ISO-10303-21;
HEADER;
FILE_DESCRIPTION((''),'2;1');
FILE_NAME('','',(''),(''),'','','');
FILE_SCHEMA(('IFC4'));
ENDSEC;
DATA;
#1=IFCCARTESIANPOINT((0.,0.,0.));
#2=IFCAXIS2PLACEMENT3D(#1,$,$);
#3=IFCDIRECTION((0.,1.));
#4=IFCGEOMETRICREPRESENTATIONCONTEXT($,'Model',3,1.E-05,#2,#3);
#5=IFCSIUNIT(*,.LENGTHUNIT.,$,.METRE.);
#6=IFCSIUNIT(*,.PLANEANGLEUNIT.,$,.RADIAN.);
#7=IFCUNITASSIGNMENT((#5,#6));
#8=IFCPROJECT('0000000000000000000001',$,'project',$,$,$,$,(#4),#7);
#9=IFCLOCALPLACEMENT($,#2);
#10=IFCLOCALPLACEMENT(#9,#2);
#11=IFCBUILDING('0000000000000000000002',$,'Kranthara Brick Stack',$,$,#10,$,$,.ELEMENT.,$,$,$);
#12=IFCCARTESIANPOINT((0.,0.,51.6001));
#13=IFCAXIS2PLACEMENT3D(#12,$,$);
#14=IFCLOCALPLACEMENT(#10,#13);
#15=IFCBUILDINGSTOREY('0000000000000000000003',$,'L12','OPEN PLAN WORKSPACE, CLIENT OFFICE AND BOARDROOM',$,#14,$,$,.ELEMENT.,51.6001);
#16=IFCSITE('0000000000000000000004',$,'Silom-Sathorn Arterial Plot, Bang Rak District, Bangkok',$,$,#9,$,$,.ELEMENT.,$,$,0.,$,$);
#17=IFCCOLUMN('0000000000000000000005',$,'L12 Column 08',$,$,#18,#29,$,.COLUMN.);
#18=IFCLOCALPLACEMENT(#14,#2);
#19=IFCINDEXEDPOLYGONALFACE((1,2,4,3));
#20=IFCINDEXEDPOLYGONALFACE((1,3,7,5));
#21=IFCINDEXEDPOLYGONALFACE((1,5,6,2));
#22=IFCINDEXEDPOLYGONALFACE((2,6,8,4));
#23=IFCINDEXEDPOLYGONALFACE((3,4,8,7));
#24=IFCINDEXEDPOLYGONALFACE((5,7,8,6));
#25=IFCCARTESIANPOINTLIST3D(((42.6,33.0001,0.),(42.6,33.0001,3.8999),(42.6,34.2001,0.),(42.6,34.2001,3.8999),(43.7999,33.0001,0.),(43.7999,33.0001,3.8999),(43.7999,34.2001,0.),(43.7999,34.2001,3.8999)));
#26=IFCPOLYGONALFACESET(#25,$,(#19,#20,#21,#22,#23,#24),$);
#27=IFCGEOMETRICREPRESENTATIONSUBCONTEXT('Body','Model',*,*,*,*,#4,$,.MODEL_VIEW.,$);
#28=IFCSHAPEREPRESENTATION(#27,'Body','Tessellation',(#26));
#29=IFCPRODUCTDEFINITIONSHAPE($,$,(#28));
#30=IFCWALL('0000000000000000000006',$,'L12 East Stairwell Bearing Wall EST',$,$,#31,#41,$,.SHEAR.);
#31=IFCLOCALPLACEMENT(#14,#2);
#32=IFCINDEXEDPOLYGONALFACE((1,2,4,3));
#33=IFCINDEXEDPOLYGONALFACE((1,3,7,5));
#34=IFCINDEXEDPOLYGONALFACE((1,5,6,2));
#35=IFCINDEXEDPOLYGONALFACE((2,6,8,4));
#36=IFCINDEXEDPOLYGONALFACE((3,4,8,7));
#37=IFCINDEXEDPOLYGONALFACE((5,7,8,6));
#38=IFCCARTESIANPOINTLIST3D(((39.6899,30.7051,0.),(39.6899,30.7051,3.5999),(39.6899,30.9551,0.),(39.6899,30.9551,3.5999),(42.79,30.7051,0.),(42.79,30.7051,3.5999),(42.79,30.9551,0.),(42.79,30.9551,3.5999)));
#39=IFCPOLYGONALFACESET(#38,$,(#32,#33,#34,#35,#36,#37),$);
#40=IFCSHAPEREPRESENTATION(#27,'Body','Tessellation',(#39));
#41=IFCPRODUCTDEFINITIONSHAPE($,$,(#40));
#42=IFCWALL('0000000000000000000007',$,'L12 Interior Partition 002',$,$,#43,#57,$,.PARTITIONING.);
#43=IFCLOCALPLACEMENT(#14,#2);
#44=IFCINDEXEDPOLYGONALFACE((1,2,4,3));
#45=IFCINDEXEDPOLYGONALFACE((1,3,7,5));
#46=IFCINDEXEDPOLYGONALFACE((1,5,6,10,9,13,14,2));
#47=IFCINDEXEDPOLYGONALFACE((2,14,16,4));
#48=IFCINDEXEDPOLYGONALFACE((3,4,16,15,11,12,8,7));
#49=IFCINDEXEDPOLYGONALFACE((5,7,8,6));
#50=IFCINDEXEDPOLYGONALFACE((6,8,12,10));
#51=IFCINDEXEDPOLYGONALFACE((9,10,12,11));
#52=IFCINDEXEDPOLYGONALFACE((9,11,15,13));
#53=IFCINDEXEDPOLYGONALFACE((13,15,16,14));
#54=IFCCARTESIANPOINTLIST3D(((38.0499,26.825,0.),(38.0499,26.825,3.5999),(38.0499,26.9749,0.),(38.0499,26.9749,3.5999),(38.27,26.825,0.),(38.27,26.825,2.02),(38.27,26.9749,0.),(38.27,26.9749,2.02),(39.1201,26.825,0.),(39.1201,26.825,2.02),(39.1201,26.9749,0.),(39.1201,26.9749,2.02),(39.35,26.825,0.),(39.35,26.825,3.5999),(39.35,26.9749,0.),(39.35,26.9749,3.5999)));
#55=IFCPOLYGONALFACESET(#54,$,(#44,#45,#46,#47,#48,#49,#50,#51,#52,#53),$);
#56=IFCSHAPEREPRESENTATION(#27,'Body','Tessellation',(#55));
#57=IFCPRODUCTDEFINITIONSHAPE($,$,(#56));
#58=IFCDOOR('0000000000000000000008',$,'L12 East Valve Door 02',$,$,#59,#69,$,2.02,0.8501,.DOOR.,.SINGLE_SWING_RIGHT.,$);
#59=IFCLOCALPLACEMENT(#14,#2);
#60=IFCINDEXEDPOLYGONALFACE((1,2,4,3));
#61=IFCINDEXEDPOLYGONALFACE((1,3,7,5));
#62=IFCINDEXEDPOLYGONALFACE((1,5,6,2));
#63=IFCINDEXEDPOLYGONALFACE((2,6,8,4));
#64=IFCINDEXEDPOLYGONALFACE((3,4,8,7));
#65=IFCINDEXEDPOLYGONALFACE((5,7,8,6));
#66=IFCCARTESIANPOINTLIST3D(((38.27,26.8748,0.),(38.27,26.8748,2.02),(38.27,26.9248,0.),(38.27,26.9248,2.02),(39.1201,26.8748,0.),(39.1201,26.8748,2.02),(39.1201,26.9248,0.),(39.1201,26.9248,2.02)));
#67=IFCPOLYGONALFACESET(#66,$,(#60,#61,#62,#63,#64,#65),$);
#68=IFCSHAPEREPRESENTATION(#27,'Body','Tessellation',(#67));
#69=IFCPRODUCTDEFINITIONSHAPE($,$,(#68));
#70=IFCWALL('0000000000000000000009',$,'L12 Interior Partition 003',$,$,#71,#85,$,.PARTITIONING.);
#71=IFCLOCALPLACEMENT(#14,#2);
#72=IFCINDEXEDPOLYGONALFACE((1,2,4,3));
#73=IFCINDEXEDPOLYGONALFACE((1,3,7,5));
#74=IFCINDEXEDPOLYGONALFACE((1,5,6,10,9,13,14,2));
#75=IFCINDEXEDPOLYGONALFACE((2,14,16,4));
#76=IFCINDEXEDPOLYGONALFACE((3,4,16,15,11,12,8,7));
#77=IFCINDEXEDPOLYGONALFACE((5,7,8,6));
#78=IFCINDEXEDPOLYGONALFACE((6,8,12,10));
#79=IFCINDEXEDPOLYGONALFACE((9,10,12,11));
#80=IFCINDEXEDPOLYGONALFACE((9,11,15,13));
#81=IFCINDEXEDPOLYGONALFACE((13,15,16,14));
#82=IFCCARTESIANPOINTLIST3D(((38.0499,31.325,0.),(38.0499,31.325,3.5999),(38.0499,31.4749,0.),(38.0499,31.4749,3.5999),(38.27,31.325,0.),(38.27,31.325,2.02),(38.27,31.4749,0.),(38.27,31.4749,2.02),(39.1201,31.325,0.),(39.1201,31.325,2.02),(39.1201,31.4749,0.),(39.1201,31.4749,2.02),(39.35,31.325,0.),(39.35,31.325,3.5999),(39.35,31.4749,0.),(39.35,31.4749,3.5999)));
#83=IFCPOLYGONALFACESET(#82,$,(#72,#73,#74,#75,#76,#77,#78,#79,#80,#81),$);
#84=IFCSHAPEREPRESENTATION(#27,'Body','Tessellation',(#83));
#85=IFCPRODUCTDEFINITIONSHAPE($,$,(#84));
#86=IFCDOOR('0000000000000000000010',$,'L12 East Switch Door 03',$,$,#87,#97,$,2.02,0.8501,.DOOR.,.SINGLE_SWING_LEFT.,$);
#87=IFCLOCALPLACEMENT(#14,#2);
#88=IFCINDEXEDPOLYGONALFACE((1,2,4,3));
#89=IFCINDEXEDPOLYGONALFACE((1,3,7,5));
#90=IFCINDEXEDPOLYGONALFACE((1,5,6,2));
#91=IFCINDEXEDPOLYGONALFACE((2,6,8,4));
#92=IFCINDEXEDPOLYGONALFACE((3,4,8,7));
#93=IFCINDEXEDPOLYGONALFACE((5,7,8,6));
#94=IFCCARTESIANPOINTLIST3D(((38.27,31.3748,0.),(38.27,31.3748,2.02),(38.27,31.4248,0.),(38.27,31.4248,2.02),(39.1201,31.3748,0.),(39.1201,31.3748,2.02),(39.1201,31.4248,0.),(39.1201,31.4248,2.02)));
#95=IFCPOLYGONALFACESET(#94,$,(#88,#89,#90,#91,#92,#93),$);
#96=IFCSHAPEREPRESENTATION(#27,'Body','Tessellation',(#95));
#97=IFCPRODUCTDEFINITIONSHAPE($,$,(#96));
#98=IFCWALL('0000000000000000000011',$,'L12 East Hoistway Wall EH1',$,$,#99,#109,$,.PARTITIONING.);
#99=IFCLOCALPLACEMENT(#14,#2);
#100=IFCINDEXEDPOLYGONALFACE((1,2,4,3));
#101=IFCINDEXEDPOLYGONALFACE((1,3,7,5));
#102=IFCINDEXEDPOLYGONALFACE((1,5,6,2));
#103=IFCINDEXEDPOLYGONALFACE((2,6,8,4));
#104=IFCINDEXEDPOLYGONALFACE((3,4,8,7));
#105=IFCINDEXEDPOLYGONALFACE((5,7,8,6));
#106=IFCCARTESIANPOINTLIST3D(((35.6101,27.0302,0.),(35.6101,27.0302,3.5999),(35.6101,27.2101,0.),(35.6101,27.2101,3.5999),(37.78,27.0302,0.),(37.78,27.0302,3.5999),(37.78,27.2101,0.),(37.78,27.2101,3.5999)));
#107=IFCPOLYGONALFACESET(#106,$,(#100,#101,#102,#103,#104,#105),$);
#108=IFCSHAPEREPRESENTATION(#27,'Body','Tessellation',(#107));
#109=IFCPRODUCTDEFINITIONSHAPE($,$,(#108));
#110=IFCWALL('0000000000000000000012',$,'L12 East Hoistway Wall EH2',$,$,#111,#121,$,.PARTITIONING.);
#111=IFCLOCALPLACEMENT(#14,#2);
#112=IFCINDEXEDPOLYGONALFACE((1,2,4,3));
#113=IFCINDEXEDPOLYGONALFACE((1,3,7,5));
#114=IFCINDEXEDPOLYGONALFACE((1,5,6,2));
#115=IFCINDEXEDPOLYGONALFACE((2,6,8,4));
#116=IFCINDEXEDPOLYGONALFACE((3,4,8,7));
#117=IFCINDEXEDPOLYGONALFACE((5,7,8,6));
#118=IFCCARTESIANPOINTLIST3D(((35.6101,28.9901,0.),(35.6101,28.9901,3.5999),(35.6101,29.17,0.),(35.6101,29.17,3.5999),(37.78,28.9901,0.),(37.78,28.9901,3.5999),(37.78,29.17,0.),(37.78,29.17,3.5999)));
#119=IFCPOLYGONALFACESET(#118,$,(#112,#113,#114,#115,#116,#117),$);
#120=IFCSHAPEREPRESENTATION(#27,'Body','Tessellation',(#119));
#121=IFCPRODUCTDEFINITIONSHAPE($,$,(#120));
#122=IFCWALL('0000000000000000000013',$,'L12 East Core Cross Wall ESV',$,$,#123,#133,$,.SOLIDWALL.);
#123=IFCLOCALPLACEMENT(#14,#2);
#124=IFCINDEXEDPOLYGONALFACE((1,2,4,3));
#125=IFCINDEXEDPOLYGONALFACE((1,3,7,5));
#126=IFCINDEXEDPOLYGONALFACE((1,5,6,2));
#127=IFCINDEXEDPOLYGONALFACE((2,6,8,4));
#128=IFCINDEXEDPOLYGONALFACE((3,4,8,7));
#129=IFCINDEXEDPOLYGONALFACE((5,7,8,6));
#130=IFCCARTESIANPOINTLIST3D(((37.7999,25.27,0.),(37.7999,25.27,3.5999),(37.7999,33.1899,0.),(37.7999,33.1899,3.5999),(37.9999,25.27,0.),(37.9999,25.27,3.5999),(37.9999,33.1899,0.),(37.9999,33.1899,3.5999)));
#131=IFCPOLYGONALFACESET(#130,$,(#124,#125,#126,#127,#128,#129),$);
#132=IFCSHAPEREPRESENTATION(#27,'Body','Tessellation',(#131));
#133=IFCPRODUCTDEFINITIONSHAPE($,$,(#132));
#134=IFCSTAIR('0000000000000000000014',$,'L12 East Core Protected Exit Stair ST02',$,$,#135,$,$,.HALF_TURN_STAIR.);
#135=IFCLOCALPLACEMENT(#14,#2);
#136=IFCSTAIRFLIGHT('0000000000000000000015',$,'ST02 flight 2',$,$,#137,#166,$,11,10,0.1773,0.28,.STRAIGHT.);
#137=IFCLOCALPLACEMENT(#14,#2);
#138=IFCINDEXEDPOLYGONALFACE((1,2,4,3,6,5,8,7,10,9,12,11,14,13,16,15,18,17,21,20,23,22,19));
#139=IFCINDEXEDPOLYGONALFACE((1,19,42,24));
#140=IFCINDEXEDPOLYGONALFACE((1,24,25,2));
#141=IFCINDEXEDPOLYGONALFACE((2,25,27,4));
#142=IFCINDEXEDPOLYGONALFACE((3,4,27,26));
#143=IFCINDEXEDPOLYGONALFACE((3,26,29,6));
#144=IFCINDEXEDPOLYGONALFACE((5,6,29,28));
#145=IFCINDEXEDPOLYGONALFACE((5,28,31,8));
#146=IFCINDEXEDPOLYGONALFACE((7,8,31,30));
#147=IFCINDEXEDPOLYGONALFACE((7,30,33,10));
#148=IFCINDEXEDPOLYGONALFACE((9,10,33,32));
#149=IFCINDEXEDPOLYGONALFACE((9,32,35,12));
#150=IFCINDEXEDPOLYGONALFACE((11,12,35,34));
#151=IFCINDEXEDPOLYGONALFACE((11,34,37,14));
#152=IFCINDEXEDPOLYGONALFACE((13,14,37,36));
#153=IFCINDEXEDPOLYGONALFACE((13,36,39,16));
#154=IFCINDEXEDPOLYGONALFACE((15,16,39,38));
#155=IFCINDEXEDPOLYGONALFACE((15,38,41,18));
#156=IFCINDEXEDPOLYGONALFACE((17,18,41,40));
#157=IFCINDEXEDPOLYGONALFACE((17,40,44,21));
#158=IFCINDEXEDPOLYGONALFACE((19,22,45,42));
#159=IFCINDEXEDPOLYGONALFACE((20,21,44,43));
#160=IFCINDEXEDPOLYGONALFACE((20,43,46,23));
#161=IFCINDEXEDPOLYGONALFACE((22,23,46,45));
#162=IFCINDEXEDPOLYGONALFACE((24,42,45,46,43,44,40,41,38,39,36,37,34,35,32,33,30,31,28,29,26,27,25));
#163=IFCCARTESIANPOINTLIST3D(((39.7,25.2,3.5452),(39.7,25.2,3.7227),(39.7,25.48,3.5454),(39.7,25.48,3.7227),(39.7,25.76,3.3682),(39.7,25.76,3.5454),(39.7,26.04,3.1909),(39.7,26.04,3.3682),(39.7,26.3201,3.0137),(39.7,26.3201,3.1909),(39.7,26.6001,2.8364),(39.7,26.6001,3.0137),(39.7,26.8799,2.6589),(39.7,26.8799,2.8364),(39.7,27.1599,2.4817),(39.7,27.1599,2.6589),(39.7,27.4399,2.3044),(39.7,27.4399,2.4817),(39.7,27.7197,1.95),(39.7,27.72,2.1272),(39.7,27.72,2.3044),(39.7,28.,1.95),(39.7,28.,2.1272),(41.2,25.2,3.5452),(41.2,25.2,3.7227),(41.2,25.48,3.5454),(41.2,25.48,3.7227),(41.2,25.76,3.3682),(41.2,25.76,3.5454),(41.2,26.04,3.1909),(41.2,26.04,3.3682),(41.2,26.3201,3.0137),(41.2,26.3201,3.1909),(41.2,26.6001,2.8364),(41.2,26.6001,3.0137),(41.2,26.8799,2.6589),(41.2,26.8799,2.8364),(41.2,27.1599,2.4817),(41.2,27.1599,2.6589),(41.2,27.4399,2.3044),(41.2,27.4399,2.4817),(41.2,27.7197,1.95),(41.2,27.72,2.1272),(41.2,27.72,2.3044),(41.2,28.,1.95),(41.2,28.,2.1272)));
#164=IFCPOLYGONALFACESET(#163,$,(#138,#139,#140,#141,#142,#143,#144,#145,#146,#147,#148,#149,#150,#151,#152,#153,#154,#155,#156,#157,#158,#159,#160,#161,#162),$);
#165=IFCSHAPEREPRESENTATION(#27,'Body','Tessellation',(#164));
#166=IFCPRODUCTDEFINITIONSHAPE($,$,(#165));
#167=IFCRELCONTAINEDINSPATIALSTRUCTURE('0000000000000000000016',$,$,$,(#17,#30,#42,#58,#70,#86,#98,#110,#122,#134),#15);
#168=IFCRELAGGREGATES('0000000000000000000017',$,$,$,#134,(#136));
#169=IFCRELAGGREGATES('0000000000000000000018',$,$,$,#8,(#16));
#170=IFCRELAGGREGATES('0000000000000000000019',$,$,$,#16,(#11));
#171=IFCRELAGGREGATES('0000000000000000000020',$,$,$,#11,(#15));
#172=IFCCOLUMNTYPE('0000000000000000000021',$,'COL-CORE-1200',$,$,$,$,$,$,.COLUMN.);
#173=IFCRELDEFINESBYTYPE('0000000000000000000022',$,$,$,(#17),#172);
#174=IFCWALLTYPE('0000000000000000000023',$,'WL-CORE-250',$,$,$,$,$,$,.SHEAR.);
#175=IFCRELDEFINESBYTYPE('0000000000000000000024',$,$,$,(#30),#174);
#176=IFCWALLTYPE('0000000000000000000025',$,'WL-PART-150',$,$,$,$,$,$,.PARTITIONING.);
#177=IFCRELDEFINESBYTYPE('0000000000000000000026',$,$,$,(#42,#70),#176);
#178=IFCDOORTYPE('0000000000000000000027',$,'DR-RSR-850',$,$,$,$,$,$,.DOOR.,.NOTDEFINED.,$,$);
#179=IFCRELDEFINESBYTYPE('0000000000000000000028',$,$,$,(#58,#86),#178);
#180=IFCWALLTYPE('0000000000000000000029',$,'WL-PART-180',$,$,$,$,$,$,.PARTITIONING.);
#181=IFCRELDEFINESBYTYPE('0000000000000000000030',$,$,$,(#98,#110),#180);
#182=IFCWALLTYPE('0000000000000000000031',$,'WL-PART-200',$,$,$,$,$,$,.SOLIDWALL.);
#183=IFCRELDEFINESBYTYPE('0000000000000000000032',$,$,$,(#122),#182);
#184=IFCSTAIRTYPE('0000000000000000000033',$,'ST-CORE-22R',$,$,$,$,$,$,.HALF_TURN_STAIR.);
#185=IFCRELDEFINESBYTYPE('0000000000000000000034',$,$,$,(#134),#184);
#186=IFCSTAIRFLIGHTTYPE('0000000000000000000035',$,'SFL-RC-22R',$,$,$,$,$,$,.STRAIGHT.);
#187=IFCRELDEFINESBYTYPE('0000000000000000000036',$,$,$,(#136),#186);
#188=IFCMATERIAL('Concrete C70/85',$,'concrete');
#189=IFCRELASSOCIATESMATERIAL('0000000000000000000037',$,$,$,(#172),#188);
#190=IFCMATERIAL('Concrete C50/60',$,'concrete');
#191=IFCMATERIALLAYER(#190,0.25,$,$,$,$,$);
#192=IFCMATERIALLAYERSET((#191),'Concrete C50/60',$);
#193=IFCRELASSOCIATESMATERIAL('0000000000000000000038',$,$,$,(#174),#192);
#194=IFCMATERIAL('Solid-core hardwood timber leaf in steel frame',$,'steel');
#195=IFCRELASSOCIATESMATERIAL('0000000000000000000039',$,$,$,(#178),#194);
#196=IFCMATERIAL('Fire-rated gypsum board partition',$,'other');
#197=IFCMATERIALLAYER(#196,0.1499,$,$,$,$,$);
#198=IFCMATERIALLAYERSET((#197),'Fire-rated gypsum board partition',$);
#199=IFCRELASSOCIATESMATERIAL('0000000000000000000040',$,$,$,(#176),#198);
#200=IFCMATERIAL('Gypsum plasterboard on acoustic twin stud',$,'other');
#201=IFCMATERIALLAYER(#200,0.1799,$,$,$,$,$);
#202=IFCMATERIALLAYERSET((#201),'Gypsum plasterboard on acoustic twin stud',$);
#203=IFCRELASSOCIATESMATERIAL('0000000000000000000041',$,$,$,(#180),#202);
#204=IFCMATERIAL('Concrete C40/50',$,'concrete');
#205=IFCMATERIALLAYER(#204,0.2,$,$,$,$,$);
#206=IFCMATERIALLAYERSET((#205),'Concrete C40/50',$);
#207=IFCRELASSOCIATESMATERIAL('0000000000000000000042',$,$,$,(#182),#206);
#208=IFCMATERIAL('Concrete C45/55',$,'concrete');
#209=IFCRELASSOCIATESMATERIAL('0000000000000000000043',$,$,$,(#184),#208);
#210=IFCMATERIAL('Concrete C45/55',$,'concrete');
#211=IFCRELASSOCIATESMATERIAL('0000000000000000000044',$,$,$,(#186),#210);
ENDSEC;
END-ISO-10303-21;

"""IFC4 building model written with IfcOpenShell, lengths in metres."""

from ifc_helpers import new_model, si_unit, direction, frame, frame_2d, origin, origin_2d, place, context, subcontext, project, spatial, polyline, rectangle, outline, extrude, material, layer, layer_set, material_profile, profile_set, type_object, element, fill, aggregate, save


model = new_model("IFC4")

# Units and contexts
model_context = context("Model", 3, precision=1e-05, world=origin(), true_north=direction((0.0, 1.0)))
body_context = subcontext(model_context, "Body", "Model", "MODEL_VIEW")
ifc_project = project(units=[si_unit("LENGTHUNIT", "METRE"), si_unit("PLANEANGLEUNIT", "RADIAN")], contexts=[model_context])

# Site, building, storey
site_placement = place(None, origin())
site = spatial("IfcSite", under=ifc_project, at=site_placement, Name="Silom-Sathorn Arterial Plot, Bang Rak District, Bangkok", CompositionType="ELEMENT", RefElevation=0.0)
building_placement = place(site_placement, origin())
building = spatial("IfcBuilding", under=site, at=building_placement, Name="Kranthara Brick Stack", CompositionType="ELEMENT")
storey_placement = place(building_placement, frame((0.0, 0.0, 51.6001)))
storey = spatial("IfcBuildingStorey", under=building, at=storey_placement, Name="L12", Description="OPEN PLAN WORKSPACE, CLIENT OFFICE AND BOARDROOM", CompositionType="ELEMENT", Elevation=51.6001)

# Column
ifc_material_1 = material(Name="Concrete C70/85", Category="concrete")
ifc_material_profile = material_profile(ifc_material_1, rectangle(XDim=1.2, YDim=1.2, at=origin_2d()), Name="RC 1200x1200")
ifc_profile_set = profile_set([ifc_material_profile], Name="Concrete C70/85")
column_type = type_object("IfcColumnType", Name="COL-CORE-1200", PredefinedType="COLUMN", material=ifc_profile_set)
column_placement = place(storey_placement, frame((43.2, 33.6001, 0.0), z_axis=(0.0, 0.0, 1.0), x_axis=(1.0, 0.0, 0.0)))
element("IfcColumn", 1, at=column_placement, inside=storey, type_object=column_type, Name="L12 Column 08", PredefinedType="COLUMN", context=body_context, shape_type="SweptSolid", body=[
    extrude(rectangle(XDim=1.2, YDim=1.2, at=origin_2d()), origin(), (0.0, 0.0, 1.0), 3.8999),
])

# Wall
ifc_material_2 = material(Name="Concrete C50/60", Category="concrete")
ifc_layer_1 = layer(ifc_material_2, 0.25)
ifc_layer_set_1 = layer_set([ifc_layer_1], Name="Concrete C50/60")
wall_type_1 = type_object("IfcWallType", Name="WL-CORE-250", PredefinedType="SHEAR", material=ifc_layer_set_1)
wall_1_placement = place(storey_placement, frame((39.6899, 30.8301, 0.0), z_axis=(0.0, 0.0, 1.0), x_axis=(1.0, 0.0, 0.0)))
element("IfcWall", 2, at=wall_1_placement, inside=storey, type_object=wall_type_1, Name="L12 East Stairwell Bearing Wall EST", PredefinedType="SHEAR", context=body_context, shape_type="SweptSolid", body=[
    extrude(rectangle(XDim=3.1001, YDim=0.25, at=frame_2d((1.55, 0.0))), origin(), (0.0, 0.0, 1.0), 3.5999),
])

# Shared definitions
ifc_material_3 = material(Name="Solid-core hardwood timber leaf in steel frame", Category="steel")
door_type_1 = type_object("IfcDoorType", Name="DR-RSR-850", OperationType="NOTDEFINED", PredefinedType="DOOR", material=ifc_material_3)

# Walls, openings, doors
ifc_material_4 = material(Name="Fire-rated gypsum board partition", Category="other")
ifc_layer_2 = layer(ifc_material_4, 0.1499)
ifc_layer_set_2 = layer_set([ifc_layer_2], Name="Fire-rated gypsum board partition")
wall_type_2 = type_object("IfcWallType", Name="WL-PART-150", PredefinedType="PARTITIONING", material=ifc_layer_set_2)
wall_2_placement = place(storey_placement, frame((38.05, 26.8999, 0.0), z_axis=(0.0, 0.0, 1.0), x_axis=(1.0, 0.0, 0.0)))
wall_2 = element("IfcWall", 3, at=wall_2_placement, inside=storey, type_object=wall_type_2, Name="L12 Interior Partition 002", PredefinedType="PARTITIONING", context=body_context, shape_type="SweptSolid", body=[
    extrude(rectangle(XDim=1.3, YDim=0.1499, at=frame_2d((0.6499, 0.0))), origin(), (0.0, 0.0, 1.0), 3.5999),
])
opening_1_placement = place(wall_2_placement, frame((0.22, 0.0, 0.0)))
opening_1 = element("IfcOpeningElement", 4, at=opening_1_placement, cuts=wall_2, PredefinedType="OPENING", context=body_context, shape_type="SweptSolid", body=[
    extrude(rectangle(XDim=0.8501, YDim=2.02, at=frame_2d((0.425, 1.01))), frame((0.0, 0.085, 0.0), z_axis=(0.0, -1.0, 0.0), x_axis=(1.0, 0.0, 0.0)), (0.0, 0.0, 1.0), 0.1699),
])
door_1_placement = place(opening_1_placement, origin())
door_1 = element("IfcDoor", 5, at=door_1_placement, inside=storey, type_object=door_type_1, Name="L12 East Valve Door 02", OperationType="SINGLE_SWING_RIGHT", OverallHeight=2.02, OverallWidth=0.8501, PredefinedType="DOOR", context=body_context, shape_type="SweptSolid", body=[
    extrude(rectangle(XDim=0.8501, YDim=2.02, at=frame_2d((0.425, 1.01))), frame((0.0, 0.0249, 0.0), z_axis=(0.0, -1.0, 0.0), x_axis=(1.0, 0.0, 0.0)), (0.0, 0.0, 1.0), 0.05),
])
fill(opening_1, door_1)
wall_3_placement = place(storey_placement, frame((38.05, 31.3999, 0.0), z_axis=(0.0, 0.0, 1.0), x_axis=(1.0, 0.0, 0.0)))
wall_3 = element("IfcWall", 6, at=wall_3_placement, inside=storey, type_object=wall_type_2, Name="L12 Interior Partition 003", PredefinedType="PARTITIONING", context=body_context, shape_type="SweptSolid", body=[
    extrude(rectangle(XDim=1.3, YDim=0.1499, at=frame_2d((0.6499, 0.0))), origin(), (0.0, 0.0, 1.0), 3.5999),
])
opening_2_placement = place(wall_3_placement, frame((0.22, 0.0, 0.0)))
opening_2 = element("IfcOpeningElement", 7, at=opening_2_placement, cuts=wall_3, PredefinedType="OPENING", context=body_context, shape_type="SweptSolid", body=[
    extrude(rectangle(XDim=0.8501, YDim=2.02, at=frame_2d((0.425, 1.01))), frame((0.0, 0.085, 0.0), z_axis=(0.0, -1.0, 0.0), x_axis=(1.0, 0.0, 0.0)), (0.0, 0.0, 1.0), 0.1699),
])
door_2_placement = place(opening_2_placement, origin())
door_2 = element("IfcDoor", 8, at=door_2_placement, inside=storey, type_object=door_type_1, Name="L12 East Switch Door 03", OperationType="SINGLE_SWING_LEFT", OverallHeight=2.02, OverallWidth=0.8501, PredefinedType="DOOR", context=body_context, shape_type="SweptSolid", body=[
    extrude(rectangle(XDim=0.8501, YDim=2.02, at=frame_2d((0.425, 1.01))), frame((0.0, 0.0249, 0.0), z_axis=(0.0, -1.0, 0.0), x_axis=(1.0, 0.0, 0.0)), (0.0, 0.0, 1.0), 0.05),
])
fill(opening_2, door_2)

# Walls
ifc_material_5 = material(Name="Gypsum plasterboard on acoustic twin stud", Category="other")
ifc_layer_3 = layer(ifc_material_5, 0.1799)
ifc_layer_set_3 = layer_set([ifc_layer_3], Name="Gypsum plasterboard on acoustic twin stud")
wall_type_3 = type_object("IfcWallType", Name="WL-PART-180", PredefinedType="PARTITIONING", material=ifc_layer_set_3)
for number, where, z_axis, x_axis, name in (
    (9, (35.6101, 27.1201, 0.0), (0.0, 0.0, 1.0), (1.0, 0.0, 0.0), "L12 East Hoistway Wall EH1"),
    (10, (35.6101, 29.0801, 0.0), (0.0, 0.0, 1.0), (1.0, 0.0, 0.0), "L12 East Hoistway Wall EH2"),
):
    element("IfcWall", number, at=place(storey_placement, frame(where, z_axis=z_axis, x_axis=x_axis)), inside=storey, type_object=wall_type_3, Name=name, PredefinedType="PARTITIONING", context=body_context, shape_type="SweptSolid", body=[
        extrude(rectangle(XDim=2.1699, YDim=0.1799, at=frame_2d((1.085, 0.0))), origin(), (0.0, 0.0, 1.0), 3.5999),
    ])
ifc_material_6 = material(Name="Concrete C40/50", Category="concrete")
ifc_layer_4 = layer(ifc_material_6, 0.2)
ifc_layer_set_4 = layer_set([ifc_layer_4], Name="Concrete C40/50")
wall_type_4 = type_object("IfcWallType", Name="WL-PART-200", PredefinedType="SOLIDWALL", material=ifc_layer_set_4)
wall_4_placement = place(storey_placement, frame((37.8999, 25.27, 0.0), z_axis=(0.0, 0.0, 1.0), x_axis=(0.0, 1.0, 0.0)))
element("IfcWall", 11, at=wall_4_placement, inside=storey, type_object=wall_type_4, Name="L12 East Core Cross Wall ESV", PredefinedType="SOLIDWALL", context=body_context, shape_type="SweptSolid", body=[
    extrude(rectangle(XDim=7.9199, YDim=0.2, at=frame_2d((3.96, 0.0))), origin(), (0.0, 0.0, 1.0), 3.5999),
])

# Stair, stair flight
ifc_material_7 = material(Name="Concrete C45/55", Category="concrete")
stair_type = type_object("IfcStairType", Name="ST-CORE-22R", PredefinedType="HALF_TURN_STAIR", material=ifc_material_7)
stair_placement = place(storey_placement, origin())
stair = element("IfcStair", 12, at=stair_placement, inside=storey, type_object=stair_type, Name="L12 East Core Protected Exit Stair ST02", PredefinedType="HALF_TURN_STAIR")
ifc_material_8 = material(Name="Concrete C45/55", Category="concrete")
stair_flight_type = type_object("IfcStairFlightType", Name="SFL-RC-22R", PredefinedType="STRAIGHT", material=ifc_material_8)
stair_flight_placement = place(storey_placement, frame((40.45, 28.0, 1.95), z_axis=(0.0, 0.0, 1.0), x_axis=(0.0, -1.0, 0.0)))
stair_flight = element("IfcStairFlight", 13, at=stair_flight_placement, type_object=stair_flight_type, Name="ST02 flight 2", NumberOfRisers=11, NumberOfTreads=10, PredefinedType="STRAIGHT", RiserHeight=0.1773, TreadLength=0.28, context=body_context, shape_type="SweptSolid", body=[
    extrude(outline(polyline([(0.0, 0.0), (0.0, 0.1772), (0.28, 0.1772), (0.28, 0.3545), (0.5601, 0.3545), (0.5601, 0.5317), (0.8401, 0.5317), (0.8401, 0.709), (1.1201, 0.709), (1.1201, 0.8865), (1.3999, 0.8865), (1.3999, 1.0637), (1.6799, 1.0637), (1.6799, 1.241), (1.96, 1.241), (1.96, 1.4182), (2.24, 1.4182), (2.24, 1.5955), (2.52, 1.5955), (2.52, 1.7727), (2.8, 1.7727), (2.8, 1.95), (2.8, 1.5952), (0.2803, 0.0), (0.0, 0.0)])), frame((0.0, 0.75, 0.0), z_axis=(0.0, -1.0, 0.0), x_axis=(1.0, 0.0, 0.0)), (0.0, 0.0, 1.0), 1.5),
])
aggregate(stair, [stair_flight])

save(model, "model.ifc")
